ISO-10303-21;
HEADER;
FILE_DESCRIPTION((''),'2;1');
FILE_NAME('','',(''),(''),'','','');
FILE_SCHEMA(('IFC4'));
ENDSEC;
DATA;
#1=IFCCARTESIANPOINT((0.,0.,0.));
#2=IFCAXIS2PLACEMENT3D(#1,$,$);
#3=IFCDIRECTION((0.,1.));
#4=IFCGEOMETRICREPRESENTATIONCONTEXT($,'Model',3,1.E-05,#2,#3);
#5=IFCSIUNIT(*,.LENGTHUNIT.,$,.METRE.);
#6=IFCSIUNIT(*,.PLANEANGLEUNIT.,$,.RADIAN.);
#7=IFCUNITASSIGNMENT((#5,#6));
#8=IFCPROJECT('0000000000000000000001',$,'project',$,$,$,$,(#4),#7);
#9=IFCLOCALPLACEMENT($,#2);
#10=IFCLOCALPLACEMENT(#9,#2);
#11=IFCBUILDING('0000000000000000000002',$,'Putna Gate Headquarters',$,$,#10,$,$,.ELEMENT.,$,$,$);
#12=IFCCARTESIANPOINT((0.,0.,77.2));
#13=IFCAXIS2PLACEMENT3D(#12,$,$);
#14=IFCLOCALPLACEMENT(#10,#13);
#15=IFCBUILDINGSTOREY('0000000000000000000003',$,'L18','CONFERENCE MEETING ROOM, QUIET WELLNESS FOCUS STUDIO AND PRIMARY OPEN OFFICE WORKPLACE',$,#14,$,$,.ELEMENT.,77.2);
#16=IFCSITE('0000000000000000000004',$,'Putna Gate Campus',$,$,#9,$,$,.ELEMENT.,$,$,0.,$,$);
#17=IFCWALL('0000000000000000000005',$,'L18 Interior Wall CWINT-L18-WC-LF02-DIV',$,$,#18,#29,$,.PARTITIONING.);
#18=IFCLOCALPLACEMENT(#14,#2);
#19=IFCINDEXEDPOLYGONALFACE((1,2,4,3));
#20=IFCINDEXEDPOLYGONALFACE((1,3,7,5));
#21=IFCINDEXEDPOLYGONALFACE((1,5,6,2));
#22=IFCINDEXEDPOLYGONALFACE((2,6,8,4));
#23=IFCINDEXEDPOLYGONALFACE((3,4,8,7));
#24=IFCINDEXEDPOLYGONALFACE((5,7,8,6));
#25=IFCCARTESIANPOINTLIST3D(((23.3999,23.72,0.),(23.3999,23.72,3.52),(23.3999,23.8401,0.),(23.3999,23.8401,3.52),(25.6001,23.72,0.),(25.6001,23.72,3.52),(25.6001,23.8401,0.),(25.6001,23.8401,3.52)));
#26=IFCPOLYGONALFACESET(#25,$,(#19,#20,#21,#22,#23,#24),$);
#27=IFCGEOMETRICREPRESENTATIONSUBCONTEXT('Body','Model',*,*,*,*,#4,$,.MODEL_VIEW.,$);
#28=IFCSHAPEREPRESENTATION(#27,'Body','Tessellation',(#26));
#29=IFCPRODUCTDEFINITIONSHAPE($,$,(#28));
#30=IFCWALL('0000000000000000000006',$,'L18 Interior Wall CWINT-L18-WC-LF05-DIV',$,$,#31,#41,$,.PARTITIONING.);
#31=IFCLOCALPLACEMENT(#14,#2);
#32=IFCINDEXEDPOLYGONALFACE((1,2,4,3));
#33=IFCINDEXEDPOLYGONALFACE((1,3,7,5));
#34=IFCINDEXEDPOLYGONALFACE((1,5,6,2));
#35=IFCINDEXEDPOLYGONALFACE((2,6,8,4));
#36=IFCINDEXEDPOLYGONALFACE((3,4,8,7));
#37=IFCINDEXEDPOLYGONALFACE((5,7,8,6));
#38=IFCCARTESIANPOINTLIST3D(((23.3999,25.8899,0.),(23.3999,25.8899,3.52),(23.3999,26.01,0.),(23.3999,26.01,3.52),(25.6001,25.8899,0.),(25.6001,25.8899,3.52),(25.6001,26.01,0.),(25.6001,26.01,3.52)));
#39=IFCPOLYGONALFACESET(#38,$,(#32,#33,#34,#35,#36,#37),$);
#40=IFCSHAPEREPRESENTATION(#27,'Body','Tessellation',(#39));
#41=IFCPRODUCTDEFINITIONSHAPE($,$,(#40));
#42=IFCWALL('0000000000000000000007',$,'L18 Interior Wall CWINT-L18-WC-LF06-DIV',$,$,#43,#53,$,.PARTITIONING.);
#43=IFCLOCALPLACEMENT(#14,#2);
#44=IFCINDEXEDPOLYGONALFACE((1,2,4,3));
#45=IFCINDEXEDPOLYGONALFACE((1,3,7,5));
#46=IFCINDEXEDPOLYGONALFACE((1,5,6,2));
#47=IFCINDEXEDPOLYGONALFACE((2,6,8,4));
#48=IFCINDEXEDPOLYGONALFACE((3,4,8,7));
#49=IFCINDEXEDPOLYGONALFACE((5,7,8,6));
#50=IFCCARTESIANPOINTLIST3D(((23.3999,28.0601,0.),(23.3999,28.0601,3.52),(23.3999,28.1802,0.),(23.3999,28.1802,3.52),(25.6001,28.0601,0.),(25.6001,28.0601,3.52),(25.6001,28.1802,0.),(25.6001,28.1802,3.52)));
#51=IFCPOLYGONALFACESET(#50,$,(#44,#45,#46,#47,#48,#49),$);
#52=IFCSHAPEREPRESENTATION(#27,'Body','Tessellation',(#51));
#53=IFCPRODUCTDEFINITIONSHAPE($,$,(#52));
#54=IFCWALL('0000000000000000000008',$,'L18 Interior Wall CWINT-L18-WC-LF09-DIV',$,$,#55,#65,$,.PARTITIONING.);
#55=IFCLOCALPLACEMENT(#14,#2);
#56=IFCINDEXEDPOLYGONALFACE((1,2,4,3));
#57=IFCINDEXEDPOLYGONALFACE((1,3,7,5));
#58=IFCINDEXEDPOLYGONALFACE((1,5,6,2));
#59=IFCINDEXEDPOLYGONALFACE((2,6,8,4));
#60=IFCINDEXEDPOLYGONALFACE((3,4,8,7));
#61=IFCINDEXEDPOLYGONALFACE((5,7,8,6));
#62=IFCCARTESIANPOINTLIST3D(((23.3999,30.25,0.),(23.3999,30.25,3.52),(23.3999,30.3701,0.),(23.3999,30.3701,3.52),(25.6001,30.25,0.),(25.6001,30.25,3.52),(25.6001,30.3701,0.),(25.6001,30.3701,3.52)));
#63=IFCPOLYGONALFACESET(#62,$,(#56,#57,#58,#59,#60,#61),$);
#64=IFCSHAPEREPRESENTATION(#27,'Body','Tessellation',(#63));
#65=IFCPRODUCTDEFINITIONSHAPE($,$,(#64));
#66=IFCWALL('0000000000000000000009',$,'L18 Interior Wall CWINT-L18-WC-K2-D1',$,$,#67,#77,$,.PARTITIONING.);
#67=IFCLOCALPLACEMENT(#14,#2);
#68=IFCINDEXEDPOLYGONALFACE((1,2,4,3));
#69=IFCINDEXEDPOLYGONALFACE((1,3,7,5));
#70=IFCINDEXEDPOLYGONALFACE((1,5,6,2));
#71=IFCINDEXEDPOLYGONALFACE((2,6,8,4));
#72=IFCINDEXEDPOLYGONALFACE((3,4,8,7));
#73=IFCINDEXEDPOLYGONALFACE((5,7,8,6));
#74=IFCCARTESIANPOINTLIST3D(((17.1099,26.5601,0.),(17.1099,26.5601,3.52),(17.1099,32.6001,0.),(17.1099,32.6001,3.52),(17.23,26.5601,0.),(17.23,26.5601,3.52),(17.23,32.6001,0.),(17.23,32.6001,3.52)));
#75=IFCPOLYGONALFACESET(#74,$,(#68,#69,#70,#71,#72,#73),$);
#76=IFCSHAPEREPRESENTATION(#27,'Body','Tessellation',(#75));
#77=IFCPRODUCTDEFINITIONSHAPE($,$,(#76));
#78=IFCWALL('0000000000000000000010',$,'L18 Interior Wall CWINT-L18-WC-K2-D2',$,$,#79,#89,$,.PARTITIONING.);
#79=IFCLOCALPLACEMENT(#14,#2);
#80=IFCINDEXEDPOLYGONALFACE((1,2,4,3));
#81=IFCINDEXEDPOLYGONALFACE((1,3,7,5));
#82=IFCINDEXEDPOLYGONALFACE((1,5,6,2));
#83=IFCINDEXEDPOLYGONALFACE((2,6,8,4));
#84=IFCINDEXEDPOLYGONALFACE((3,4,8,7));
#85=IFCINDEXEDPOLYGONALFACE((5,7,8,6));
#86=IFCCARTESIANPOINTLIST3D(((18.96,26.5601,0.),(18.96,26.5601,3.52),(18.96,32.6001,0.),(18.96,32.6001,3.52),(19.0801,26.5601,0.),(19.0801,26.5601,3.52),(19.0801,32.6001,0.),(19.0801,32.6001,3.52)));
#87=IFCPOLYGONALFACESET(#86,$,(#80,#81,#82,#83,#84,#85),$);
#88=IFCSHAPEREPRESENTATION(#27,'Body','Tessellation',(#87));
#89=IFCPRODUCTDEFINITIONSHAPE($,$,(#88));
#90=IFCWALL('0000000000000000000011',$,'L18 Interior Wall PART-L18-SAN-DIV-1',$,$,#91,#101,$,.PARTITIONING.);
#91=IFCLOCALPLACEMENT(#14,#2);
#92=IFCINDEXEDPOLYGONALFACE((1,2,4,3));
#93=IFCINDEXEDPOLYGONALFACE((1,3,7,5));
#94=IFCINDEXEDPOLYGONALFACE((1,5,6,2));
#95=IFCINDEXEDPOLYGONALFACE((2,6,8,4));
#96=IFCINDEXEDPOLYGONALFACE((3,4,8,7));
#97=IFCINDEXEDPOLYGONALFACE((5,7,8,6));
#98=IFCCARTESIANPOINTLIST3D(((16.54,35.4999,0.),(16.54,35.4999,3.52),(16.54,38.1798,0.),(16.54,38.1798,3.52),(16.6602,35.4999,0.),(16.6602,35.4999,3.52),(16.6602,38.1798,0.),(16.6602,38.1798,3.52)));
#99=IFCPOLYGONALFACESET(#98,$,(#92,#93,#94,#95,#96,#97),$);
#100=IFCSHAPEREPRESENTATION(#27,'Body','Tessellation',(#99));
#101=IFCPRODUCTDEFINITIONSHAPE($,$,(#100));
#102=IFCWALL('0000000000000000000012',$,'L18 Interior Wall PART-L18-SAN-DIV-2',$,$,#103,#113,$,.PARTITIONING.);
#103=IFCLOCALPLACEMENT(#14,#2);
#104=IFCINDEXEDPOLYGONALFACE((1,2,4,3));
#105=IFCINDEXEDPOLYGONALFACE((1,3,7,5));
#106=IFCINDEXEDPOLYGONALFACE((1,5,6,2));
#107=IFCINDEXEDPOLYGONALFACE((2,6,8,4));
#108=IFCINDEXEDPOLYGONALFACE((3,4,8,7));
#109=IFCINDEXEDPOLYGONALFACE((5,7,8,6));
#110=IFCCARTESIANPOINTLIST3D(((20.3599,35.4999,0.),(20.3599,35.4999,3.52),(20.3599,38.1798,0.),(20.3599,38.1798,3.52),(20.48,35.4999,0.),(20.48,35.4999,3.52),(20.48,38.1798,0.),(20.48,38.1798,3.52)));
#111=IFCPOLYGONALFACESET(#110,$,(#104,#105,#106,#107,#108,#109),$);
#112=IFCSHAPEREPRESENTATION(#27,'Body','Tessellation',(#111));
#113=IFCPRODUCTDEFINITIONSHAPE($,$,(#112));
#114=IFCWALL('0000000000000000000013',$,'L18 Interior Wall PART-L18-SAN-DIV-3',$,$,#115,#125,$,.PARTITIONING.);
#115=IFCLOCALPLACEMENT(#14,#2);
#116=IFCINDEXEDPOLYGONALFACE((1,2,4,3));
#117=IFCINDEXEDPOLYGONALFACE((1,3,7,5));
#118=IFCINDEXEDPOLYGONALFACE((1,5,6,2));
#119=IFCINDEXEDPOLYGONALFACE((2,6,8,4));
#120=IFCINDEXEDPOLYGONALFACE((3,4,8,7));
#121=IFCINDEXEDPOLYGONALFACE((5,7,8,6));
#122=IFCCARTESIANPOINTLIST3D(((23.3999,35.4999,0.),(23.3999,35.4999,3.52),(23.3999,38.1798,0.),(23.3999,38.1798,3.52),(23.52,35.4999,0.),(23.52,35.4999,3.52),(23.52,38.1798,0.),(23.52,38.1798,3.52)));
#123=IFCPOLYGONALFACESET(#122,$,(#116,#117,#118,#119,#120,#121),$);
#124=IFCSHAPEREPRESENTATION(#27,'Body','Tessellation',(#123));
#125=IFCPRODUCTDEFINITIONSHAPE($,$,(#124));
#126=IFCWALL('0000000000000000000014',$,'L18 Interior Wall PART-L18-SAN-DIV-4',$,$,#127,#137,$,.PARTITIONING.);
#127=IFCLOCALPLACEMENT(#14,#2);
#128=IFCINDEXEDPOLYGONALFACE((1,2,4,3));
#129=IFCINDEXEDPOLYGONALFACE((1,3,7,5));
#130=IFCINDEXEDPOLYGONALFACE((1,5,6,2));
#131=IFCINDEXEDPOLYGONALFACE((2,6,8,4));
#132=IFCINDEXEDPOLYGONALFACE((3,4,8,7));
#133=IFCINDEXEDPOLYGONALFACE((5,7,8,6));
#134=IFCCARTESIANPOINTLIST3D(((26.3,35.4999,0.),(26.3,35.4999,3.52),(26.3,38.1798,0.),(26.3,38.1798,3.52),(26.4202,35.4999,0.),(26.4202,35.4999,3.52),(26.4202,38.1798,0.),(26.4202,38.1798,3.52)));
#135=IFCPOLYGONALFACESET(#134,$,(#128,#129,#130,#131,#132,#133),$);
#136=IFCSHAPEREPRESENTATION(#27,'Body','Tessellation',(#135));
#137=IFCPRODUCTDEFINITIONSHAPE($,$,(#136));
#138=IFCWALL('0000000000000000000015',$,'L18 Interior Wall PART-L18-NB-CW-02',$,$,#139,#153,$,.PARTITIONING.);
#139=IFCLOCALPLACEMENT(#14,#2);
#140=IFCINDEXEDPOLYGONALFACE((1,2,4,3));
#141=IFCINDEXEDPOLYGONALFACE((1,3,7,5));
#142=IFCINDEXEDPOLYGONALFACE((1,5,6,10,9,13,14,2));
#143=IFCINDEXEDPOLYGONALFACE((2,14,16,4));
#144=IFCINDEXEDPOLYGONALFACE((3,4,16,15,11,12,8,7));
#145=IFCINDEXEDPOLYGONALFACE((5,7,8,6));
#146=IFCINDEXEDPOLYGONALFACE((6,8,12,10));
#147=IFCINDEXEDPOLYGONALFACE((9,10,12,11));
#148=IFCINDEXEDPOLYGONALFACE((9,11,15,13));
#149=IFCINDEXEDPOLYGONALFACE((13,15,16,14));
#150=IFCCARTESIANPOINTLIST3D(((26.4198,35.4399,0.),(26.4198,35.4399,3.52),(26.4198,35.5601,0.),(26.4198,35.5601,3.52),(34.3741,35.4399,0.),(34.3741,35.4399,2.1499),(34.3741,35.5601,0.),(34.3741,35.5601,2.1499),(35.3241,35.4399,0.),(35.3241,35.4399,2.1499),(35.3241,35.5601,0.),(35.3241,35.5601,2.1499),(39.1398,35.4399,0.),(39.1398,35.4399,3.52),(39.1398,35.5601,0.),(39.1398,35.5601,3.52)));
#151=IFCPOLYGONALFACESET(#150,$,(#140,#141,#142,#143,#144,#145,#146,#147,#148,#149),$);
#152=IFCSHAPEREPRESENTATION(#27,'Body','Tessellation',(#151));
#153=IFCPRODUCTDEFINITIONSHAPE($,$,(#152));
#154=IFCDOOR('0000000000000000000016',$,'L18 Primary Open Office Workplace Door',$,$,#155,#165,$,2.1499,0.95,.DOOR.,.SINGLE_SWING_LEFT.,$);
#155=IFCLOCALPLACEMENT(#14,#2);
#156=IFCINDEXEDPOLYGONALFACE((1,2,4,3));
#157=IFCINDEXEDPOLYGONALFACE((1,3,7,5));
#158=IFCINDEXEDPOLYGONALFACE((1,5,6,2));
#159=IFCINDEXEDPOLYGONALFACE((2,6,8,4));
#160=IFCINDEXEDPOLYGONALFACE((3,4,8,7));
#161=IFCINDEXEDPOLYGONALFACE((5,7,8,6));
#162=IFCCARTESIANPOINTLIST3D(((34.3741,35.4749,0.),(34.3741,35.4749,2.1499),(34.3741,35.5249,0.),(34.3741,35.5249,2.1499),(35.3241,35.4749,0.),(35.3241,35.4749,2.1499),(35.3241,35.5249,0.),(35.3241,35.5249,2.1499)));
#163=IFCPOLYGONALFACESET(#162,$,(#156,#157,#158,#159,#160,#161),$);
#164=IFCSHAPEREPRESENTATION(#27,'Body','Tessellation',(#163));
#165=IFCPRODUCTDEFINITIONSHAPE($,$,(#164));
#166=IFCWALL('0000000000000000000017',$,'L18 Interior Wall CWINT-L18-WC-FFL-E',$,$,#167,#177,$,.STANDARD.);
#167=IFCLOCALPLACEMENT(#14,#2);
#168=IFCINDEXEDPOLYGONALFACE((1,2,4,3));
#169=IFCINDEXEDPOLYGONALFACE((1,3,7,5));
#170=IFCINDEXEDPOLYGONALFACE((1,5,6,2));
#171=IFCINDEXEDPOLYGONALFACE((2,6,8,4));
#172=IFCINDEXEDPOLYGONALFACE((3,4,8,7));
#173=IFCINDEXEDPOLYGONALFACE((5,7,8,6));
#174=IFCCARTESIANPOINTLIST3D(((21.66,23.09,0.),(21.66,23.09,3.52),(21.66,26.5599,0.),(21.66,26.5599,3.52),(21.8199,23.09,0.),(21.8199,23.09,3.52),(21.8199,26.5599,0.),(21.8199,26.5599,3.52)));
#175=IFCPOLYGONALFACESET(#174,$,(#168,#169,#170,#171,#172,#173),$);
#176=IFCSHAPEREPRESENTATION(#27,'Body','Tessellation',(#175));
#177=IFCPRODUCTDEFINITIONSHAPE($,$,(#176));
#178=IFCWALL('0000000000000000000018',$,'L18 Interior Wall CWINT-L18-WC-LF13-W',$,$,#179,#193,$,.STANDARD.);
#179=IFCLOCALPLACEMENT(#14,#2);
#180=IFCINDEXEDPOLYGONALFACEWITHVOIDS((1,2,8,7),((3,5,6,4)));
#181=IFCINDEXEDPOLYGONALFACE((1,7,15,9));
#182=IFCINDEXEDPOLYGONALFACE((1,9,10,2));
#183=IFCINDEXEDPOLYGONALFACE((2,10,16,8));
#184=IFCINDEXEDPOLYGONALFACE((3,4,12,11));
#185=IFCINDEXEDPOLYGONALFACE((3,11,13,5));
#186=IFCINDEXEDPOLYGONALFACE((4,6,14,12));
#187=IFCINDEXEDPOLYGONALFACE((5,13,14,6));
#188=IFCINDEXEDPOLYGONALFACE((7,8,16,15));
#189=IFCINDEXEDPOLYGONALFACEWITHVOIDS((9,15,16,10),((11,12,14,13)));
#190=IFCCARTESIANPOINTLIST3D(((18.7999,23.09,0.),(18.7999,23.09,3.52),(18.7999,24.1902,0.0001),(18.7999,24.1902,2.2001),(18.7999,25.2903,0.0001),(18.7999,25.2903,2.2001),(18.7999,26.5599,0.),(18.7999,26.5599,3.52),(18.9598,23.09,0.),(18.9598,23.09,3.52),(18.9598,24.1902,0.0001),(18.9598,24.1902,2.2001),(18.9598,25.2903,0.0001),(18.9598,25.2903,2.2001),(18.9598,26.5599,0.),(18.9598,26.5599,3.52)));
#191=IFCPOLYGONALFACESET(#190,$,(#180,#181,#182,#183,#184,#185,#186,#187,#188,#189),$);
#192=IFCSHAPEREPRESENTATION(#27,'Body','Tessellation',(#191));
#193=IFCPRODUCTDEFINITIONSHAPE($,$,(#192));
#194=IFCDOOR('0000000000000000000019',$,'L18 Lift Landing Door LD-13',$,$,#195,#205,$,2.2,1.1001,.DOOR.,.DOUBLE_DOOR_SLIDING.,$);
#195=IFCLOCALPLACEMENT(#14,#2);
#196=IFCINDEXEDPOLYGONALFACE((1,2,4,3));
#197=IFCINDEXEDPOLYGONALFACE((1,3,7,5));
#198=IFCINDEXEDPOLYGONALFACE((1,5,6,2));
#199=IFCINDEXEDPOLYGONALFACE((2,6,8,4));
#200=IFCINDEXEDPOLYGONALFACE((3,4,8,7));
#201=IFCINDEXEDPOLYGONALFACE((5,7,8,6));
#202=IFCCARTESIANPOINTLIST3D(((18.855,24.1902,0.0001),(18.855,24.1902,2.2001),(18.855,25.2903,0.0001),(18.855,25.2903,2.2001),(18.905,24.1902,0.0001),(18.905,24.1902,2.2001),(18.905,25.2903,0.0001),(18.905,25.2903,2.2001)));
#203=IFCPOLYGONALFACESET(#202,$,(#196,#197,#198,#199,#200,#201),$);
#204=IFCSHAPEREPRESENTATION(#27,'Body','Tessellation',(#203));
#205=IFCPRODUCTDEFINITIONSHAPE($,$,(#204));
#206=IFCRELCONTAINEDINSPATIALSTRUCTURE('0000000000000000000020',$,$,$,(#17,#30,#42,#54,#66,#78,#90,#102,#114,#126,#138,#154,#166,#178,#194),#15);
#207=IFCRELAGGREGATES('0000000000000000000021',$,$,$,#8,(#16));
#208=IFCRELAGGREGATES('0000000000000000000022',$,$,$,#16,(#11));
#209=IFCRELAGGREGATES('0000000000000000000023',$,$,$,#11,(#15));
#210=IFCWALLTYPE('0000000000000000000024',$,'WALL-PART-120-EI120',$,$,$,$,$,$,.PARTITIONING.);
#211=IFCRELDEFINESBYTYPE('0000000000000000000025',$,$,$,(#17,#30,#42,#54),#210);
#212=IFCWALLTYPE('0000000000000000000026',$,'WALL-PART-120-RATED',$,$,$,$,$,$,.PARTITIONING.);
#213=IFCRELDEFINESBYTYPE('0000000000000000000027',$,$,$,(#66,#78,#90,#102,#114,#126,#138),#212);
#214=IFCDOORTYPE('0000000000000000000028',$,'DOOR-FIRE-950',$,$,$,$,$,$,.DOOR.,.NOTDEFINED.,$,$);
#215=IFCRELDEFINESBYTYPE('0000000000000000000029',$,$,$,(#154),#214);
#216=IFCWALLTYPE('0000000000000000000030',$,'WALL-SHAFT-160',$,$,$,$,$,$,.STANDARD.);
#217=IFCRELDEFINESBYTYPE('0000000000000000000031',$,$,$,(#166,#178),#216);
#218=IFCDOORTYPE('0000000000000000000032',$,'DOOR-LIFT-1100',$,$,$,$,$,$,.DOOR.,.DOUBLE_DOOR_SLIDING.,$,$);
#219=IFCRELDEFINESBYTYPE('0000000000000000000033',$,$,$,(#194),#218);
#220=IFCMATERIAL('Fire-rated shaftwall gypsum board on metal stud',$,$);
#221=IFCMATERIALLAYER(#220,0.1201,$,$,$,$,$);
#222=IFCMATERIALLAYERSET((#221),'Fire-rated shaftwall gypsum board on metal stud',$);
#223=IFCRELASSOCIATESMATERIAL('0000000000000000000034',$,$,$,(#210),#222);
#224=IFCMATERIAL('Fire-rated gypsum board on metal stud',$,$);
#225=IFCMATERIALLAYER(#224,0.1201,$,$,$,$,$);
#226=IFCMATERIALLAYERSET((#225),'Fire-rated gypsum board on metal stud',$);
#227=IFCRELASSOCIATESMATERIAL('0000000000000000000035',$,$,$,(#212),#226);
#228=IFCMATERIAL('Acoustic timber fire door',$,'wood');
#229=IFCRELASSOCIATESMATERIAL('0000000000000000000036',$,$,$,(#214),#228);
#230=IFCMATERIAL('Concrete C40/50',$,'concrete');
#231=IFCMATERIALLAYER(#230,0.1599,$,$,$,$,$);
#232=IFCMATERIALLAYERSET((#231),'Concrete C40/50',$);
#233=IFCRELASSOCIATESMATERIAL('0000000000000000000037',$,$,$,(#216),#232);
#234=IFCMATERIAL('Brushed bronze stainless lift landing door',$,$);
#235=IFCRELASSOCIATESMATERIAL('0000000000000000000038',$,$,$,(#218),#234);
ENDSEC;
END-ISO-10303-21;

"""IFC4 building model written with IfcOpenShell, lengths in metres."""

from ifc_helpers import new_model, si_unit, direction, frame, frame_2d, origin, place, context, subcontext, project, spatial, rectangle, extrude, material, layer, layer_set, type_object, element, fill, save


model = new_model("IFC4")

# Units and contexts
model_context = context("Model", 3, precision=1e-05, world=origin(), true_north=direction((0.0, 1.0)))
body_context = subcontext(model_context, "Body", "Model", "MODEL_VIEW")
ifc_project = project(units=[si_unit("LENGTHUNIT", "METRE"), si_unit("PLANEANGLEUNIT", "RADIAN")], contexts=[model_context])

# Site, building, storey
site_placement = place(None, origin())
site = spatial("IfcSite", under=ifc_project, at=site_placement, Name="Putna Gate Campus", CompositionType="ELEMENT", RefElevation=0.0)
building_placement = place(site_placement, origin())
building = spatial("IfcBuilding", under=site, at=building_placement, Name="Putna Gate Headquarters", CompositionType="ELEMENT")
storey_placement = place(building_placement, frame((0.0, 0.0, 77.2)))
storey = spatial("IfcBuildingStorey", under=building, at=storey_placement, Name="L18", Description="CONFERENCE MEETING ROOM, QUIET WELLNESS FOCUS STUDIO AND PRIMARY OPEN OFFICE WORKPLACE", CompositionType="ELEMENT", Elevation=77.2)

# Walls
ifc_material_1 = material(Name="Fire-rated shaftwall gypsum board on metal stud")
ifc_layer_1 = layer(ifc_material_1, 0.1201)
ifc_layer_set_1 = layer_set([ifc_layer_1], Name="Fire-rated shaftwall gypsum board on metal stud")
wall_type_1 = type_object("IfcWallType", Name="WALL-PART-120-EI120", PredefinedType="PARTITIONING", material=ifc_layer_set_1)
for number, where, z_axis, x_axis, name in (
    (1, (23.3999, 23.78, 0.0), (0.0, 0.0, 1.0), (1.0, 0.0, 0.0), "L18 Interior Wall CWINT-L18-WC-LF02-DIV"),
    (2, (23.3999, 25.95, 0.0), (0.0, 0.0, 1.0), (1.0, 0.0, 0.0), "L18 Interior Wall CWINT-L18-WC-LF05-DIV"),
    (3, (23.3999, 28.1201, 0.0), (0.0, 0.0, 1.0), (1.0, 0.0, 0.0), "L18 Interior Wall CWINT-L18-WC-LF06-DIV"),
    (4, (23.3999, 30.3101, 0.0), (0.0, 0.0, 1.0), (1.0, 0.0, 0.0), "L18 Interior Wall CWINT-L18-WC-LF09-DIV"),
):
    element("IfcWall", number, at=place(storey_placement, frame(where, z_axis=z_axis, x_axis=x_axis)), inside=storey, type_object=wall_type_1, Name=name, PredefinedType="PARTITIONING", context=body_context, shape_type="SweptSolid", body=[
        extrude(rectangle(XDim=2.2002, YDim=0.1201, at=frame_2d((1.1001, 0.0))), origin(), (0.0, 0.0, 1.0), 3.52),
    ])
ifc_material_2 = material(Name="Fire-rated gypsum board on metal stud")
ifc_layer_2 = layer(ifc_material_2, 0.1201)
ifc_layer_set_2 = layer_set([ifc_layer_2], Name="Fire-rated gypsum board on metal stud")
wall_type_2 = type_object("IfcWallType", Name="WALL-PART-120-RATED", PredefinedType="PARTITIONING", material=ifc_layer_set_2)
for number, where, z_axis, x_axis, name in (
    (5, (17.1699, 26.5601, 0.0), (0.0, 0.0, 1.0), (0.0, 1.0, 0.0), "L18 Interior Wall CWINT-L18-WC-K2-D1"),
    (6, (19.02, 26.5601, 0.0), (0.0, 0.0, 1.0), (0.0, 1.0, 0.0), "L18 Interior Wall CWINT-L18-WC-K2-D2"),
):
    element("IfcWall", number, at=place(storey_placement, frame(where, z_axis=z_axis, x_axis=x_axis)), inside=storey, type_object=wall_type_2, Name=name, PredefinedType="PARTITIONING", context=body_context, shape_type="SweptSolid", body=[
        extrude(rectangle(XDim=6.04, YDim=0.1201, at=frame_2d((3.02, 0.0))), origin(), (0.0, 0.0, 1.0), 3.52),
    ])
for number, where, z_axis, x_axis, name in (
    (7, (16.6001, 35.5, 0.0), (0.0, 0.0, 1.0), (0.0, 1.0, 0.0), "L18 Interior Wall PART-L18-SAN-DIV-1"),
    (8, (20.4199, 35.5, 0.0), (0.0, 0.0, 1.0), (0.0, 1.0, 0.0), "L18 Interior Wall PART-L18-SAN-DIV-2"),
    (9, (23.46, 35.5, 0.0), (0.0, 0.0, 1.0), (0.0, 1.0, 0.0), "L18 Interior Wall PART-L18-SAN-DIV-3"),
    (10, (26.3601, 35.5, 0.0), (0.0, 0.0, 1.0), (0.0, 1.0, 0.0), "L18 Interior Wall PART-L18-SAN-DIV-4"),
):
    element("IfcWall", number, at=place(storey_placement, frame(where, z_axis=z_axis, x_axis=x_axis)), inside=storey, type_object=wall_type_2, Name=name, PredefinedType="PARTITIONING", context=body_context, shape_type="SweptSolid", body=[
        extrude(rectangle(XDim=2.6799, YDim=0.1201, at=frame_2d((1.3398, 0.0))), origin(), (0.0, 0.0, 1.0), 3.52),
    ])

# Wall, opening, door
wall_1_placement = place(storey_placement, frame((26.4199, 35.5, 0.0), z_axis=(0.0, 0.0, 1.0), x_axis=(1.0, 0.0, 0.0)))
wall_1 = element("IfcWall", 11, at=wall_1_placement, inside=storey, type_object=wall_type_2, Name="L18 Interior Wall PART-L18-NB-CW-02", PredefinedType="PARTITIONING", context=body_context, shape_type="SweptSolid", body=[
    extrude(rectangle(XDim=12.72, YDim=0.1201, at=frame_2d((6.3599, 0.0))), origin(), (0.0, 0.0, 1.0), 3.52),
])
opening_1_placement = place(wall_1_placement, frame((7.9541, 0.0, 0.0)))
opening_1 = element("IfcOpeningElement", 12, at=opening_1_placement, cuts=wall_1, PredefinedType="OPENING", context=body_context, shape_type="SweptSolid", body=[
    extrude(rectangle(XDim=0.95, YDim=2.1499, at=frame_2d((0.4751, 1.075))), frame((0.0, 0.0701, 0.0), z_axis=(0.0, -1.0, 0.0), x_axis=(1.0, 0.0, 0.0)), (0.0, 0.0, 1.0), 0.1401),
])
ifc_material_3 = material(Name="Acoustic timber fire door", Category="wood")
door_type_1 = type_object("IfcDoorType", Name="DOOR-FIRE-950", OperationType="NOTDEFINED", PredefinedType="DOOR", material=ifc_material_3)
door_1_placement = place(opening_1_placement, origin())
door_1 = element("IfcDoor", 13, at=door_1_placement, inside=storey, type_object=door_type_1, Name="L18 Primary Open Office Workplace Door", OperationType="SINGLE_SWING_LEFT", OverallHeight=2.1499, OverallWidth=0.95, PredefinedType="DOOR", context=body_context, shape_type="SweptSolid", body=[
    extrude(rectangle(XDim=0.95, YDim=2.1499, at=frame_2d((0.4751, 1.075))), frame((0.0, 0.0249, 0.0), z_axis=(0.0, -1.0, 0.0), x_axis=(1.0, 0.0, 0.0)), (0.0, 0.0, 1.0), 0.05),
])
fill(opening_1, door_1)

# Wall
ifc_material_4 = material(Name="Concrete C40/50", Category="concrete")
ifc_layer_3 = layer(ifc_material_4, 0.1599)
ifc_layer_set_3 = layer_set([ifc_layer_3], Name="Concrete C40/50")
wall_type_3 = type_object("IfcWallType", Name="WALL-SHAFT-160", PredefinedType="STANDARD", material=ifc_layer_set_3)
wall_2_placement = place(storey_placement, frame((21.74, 23.0901, 0.0), z_axis=(0.0, 0.0, 1.0), x_axis=(0.0, 1.0, 0.0)))
element("IfcWall", 14, at=wall_2_placement, inside=storey, type_object=wall_type_3, Name="L18 Interior Wall CWINT-L18-WC-FFL-E", PredefinedType="STANDARD", context=body_context, shape_type="SweptSolid", body=[
    extrude(rectangle(XDim=3.47, YDim=0.1599, at=frame_2d((1.7349, 0.0))), origin(), (0.0, 0.0, 1.0), 3.52),
])

# Wall, opening, door
wall_3_placement = place(storey_placement, frame((18.8799, 23.0901, 0.0), z_axis=(0.0, 0.0, 1.0), x_axis=(0.0, 1.0, 0.0)))
wall_3 = element("IfcWall", 15, at=wall_3_placement, inside=storey, type_object=wall_type_3, Name="L18 Interior Wall CWINT-L18-WC-LF13-W", PredefinedType="STANDARD", context=body_context, shape_type="SweptSolid", body=[
    extrude(rectangle(XDim=3.47, YDim=0.1599, at=frame_2d((1.7349, 0.0))), origin(), (0.0, 0.0, 1.0), 3.52),
])
opening_2_placement = place(wall_3_placement, frame((1.1001, 0.0, 0.0)))
opening_2 = element("IfcOpeningElement", 16, at=opening_2_placement, cuts=wall_3, PredefinedType="OPENING", context=body_context, shape_type="SweptSolid", body=[
    extrude(rectangle(XDim=1.1001, YDim=2.2, at=frame_2d((0.55, 1.1001))), frame((0.0, 0.0898, 0.0), z_axis=(0.0, -1.0, 0.0), x_axis=(1.0, 0.0, 0.0)), (0.0, 0.0, 1.0), 0.1799),
])
ifc_material_5 = material(Name="Brushed bronze stainless lift landing door")
door_type_2 = type_object("IfcDoorType", Name="DOOR-LIFT-1100", OperationType="DOUBLE_DOOR_SLIDING", PredefinedType="DOOR", material=ifc_material_5)
door_2_placement = place(opening_2_placement, origin())
door_2 = element("IfcDoor", 17, at=door_2_placement, inside=storey, type_object=door_type_2, Name="L18 Lift Landing Door LD-13", OperationType="DOUBLE_DOOR_SLIDING", OverallHeight=2.2, OverallWidth=1.1001, PredefinedType="DOOR", context=body_context, shape_type="SweptSolid", body=[
    extrude(rectangle(XDim=1.1001, YDim=2.2, at=frame_2d((0.55, 1.1001))), frame((0.0, 0.0249, 0.0), z_axis=(0.0, -1.0, 0.0), x_axis=(1.0, 0.0, 0.0)), (0.0, 0.0, 1.0), 0.05),
])
fill(opening_2, door_2)

save(model, "model.ifc")
